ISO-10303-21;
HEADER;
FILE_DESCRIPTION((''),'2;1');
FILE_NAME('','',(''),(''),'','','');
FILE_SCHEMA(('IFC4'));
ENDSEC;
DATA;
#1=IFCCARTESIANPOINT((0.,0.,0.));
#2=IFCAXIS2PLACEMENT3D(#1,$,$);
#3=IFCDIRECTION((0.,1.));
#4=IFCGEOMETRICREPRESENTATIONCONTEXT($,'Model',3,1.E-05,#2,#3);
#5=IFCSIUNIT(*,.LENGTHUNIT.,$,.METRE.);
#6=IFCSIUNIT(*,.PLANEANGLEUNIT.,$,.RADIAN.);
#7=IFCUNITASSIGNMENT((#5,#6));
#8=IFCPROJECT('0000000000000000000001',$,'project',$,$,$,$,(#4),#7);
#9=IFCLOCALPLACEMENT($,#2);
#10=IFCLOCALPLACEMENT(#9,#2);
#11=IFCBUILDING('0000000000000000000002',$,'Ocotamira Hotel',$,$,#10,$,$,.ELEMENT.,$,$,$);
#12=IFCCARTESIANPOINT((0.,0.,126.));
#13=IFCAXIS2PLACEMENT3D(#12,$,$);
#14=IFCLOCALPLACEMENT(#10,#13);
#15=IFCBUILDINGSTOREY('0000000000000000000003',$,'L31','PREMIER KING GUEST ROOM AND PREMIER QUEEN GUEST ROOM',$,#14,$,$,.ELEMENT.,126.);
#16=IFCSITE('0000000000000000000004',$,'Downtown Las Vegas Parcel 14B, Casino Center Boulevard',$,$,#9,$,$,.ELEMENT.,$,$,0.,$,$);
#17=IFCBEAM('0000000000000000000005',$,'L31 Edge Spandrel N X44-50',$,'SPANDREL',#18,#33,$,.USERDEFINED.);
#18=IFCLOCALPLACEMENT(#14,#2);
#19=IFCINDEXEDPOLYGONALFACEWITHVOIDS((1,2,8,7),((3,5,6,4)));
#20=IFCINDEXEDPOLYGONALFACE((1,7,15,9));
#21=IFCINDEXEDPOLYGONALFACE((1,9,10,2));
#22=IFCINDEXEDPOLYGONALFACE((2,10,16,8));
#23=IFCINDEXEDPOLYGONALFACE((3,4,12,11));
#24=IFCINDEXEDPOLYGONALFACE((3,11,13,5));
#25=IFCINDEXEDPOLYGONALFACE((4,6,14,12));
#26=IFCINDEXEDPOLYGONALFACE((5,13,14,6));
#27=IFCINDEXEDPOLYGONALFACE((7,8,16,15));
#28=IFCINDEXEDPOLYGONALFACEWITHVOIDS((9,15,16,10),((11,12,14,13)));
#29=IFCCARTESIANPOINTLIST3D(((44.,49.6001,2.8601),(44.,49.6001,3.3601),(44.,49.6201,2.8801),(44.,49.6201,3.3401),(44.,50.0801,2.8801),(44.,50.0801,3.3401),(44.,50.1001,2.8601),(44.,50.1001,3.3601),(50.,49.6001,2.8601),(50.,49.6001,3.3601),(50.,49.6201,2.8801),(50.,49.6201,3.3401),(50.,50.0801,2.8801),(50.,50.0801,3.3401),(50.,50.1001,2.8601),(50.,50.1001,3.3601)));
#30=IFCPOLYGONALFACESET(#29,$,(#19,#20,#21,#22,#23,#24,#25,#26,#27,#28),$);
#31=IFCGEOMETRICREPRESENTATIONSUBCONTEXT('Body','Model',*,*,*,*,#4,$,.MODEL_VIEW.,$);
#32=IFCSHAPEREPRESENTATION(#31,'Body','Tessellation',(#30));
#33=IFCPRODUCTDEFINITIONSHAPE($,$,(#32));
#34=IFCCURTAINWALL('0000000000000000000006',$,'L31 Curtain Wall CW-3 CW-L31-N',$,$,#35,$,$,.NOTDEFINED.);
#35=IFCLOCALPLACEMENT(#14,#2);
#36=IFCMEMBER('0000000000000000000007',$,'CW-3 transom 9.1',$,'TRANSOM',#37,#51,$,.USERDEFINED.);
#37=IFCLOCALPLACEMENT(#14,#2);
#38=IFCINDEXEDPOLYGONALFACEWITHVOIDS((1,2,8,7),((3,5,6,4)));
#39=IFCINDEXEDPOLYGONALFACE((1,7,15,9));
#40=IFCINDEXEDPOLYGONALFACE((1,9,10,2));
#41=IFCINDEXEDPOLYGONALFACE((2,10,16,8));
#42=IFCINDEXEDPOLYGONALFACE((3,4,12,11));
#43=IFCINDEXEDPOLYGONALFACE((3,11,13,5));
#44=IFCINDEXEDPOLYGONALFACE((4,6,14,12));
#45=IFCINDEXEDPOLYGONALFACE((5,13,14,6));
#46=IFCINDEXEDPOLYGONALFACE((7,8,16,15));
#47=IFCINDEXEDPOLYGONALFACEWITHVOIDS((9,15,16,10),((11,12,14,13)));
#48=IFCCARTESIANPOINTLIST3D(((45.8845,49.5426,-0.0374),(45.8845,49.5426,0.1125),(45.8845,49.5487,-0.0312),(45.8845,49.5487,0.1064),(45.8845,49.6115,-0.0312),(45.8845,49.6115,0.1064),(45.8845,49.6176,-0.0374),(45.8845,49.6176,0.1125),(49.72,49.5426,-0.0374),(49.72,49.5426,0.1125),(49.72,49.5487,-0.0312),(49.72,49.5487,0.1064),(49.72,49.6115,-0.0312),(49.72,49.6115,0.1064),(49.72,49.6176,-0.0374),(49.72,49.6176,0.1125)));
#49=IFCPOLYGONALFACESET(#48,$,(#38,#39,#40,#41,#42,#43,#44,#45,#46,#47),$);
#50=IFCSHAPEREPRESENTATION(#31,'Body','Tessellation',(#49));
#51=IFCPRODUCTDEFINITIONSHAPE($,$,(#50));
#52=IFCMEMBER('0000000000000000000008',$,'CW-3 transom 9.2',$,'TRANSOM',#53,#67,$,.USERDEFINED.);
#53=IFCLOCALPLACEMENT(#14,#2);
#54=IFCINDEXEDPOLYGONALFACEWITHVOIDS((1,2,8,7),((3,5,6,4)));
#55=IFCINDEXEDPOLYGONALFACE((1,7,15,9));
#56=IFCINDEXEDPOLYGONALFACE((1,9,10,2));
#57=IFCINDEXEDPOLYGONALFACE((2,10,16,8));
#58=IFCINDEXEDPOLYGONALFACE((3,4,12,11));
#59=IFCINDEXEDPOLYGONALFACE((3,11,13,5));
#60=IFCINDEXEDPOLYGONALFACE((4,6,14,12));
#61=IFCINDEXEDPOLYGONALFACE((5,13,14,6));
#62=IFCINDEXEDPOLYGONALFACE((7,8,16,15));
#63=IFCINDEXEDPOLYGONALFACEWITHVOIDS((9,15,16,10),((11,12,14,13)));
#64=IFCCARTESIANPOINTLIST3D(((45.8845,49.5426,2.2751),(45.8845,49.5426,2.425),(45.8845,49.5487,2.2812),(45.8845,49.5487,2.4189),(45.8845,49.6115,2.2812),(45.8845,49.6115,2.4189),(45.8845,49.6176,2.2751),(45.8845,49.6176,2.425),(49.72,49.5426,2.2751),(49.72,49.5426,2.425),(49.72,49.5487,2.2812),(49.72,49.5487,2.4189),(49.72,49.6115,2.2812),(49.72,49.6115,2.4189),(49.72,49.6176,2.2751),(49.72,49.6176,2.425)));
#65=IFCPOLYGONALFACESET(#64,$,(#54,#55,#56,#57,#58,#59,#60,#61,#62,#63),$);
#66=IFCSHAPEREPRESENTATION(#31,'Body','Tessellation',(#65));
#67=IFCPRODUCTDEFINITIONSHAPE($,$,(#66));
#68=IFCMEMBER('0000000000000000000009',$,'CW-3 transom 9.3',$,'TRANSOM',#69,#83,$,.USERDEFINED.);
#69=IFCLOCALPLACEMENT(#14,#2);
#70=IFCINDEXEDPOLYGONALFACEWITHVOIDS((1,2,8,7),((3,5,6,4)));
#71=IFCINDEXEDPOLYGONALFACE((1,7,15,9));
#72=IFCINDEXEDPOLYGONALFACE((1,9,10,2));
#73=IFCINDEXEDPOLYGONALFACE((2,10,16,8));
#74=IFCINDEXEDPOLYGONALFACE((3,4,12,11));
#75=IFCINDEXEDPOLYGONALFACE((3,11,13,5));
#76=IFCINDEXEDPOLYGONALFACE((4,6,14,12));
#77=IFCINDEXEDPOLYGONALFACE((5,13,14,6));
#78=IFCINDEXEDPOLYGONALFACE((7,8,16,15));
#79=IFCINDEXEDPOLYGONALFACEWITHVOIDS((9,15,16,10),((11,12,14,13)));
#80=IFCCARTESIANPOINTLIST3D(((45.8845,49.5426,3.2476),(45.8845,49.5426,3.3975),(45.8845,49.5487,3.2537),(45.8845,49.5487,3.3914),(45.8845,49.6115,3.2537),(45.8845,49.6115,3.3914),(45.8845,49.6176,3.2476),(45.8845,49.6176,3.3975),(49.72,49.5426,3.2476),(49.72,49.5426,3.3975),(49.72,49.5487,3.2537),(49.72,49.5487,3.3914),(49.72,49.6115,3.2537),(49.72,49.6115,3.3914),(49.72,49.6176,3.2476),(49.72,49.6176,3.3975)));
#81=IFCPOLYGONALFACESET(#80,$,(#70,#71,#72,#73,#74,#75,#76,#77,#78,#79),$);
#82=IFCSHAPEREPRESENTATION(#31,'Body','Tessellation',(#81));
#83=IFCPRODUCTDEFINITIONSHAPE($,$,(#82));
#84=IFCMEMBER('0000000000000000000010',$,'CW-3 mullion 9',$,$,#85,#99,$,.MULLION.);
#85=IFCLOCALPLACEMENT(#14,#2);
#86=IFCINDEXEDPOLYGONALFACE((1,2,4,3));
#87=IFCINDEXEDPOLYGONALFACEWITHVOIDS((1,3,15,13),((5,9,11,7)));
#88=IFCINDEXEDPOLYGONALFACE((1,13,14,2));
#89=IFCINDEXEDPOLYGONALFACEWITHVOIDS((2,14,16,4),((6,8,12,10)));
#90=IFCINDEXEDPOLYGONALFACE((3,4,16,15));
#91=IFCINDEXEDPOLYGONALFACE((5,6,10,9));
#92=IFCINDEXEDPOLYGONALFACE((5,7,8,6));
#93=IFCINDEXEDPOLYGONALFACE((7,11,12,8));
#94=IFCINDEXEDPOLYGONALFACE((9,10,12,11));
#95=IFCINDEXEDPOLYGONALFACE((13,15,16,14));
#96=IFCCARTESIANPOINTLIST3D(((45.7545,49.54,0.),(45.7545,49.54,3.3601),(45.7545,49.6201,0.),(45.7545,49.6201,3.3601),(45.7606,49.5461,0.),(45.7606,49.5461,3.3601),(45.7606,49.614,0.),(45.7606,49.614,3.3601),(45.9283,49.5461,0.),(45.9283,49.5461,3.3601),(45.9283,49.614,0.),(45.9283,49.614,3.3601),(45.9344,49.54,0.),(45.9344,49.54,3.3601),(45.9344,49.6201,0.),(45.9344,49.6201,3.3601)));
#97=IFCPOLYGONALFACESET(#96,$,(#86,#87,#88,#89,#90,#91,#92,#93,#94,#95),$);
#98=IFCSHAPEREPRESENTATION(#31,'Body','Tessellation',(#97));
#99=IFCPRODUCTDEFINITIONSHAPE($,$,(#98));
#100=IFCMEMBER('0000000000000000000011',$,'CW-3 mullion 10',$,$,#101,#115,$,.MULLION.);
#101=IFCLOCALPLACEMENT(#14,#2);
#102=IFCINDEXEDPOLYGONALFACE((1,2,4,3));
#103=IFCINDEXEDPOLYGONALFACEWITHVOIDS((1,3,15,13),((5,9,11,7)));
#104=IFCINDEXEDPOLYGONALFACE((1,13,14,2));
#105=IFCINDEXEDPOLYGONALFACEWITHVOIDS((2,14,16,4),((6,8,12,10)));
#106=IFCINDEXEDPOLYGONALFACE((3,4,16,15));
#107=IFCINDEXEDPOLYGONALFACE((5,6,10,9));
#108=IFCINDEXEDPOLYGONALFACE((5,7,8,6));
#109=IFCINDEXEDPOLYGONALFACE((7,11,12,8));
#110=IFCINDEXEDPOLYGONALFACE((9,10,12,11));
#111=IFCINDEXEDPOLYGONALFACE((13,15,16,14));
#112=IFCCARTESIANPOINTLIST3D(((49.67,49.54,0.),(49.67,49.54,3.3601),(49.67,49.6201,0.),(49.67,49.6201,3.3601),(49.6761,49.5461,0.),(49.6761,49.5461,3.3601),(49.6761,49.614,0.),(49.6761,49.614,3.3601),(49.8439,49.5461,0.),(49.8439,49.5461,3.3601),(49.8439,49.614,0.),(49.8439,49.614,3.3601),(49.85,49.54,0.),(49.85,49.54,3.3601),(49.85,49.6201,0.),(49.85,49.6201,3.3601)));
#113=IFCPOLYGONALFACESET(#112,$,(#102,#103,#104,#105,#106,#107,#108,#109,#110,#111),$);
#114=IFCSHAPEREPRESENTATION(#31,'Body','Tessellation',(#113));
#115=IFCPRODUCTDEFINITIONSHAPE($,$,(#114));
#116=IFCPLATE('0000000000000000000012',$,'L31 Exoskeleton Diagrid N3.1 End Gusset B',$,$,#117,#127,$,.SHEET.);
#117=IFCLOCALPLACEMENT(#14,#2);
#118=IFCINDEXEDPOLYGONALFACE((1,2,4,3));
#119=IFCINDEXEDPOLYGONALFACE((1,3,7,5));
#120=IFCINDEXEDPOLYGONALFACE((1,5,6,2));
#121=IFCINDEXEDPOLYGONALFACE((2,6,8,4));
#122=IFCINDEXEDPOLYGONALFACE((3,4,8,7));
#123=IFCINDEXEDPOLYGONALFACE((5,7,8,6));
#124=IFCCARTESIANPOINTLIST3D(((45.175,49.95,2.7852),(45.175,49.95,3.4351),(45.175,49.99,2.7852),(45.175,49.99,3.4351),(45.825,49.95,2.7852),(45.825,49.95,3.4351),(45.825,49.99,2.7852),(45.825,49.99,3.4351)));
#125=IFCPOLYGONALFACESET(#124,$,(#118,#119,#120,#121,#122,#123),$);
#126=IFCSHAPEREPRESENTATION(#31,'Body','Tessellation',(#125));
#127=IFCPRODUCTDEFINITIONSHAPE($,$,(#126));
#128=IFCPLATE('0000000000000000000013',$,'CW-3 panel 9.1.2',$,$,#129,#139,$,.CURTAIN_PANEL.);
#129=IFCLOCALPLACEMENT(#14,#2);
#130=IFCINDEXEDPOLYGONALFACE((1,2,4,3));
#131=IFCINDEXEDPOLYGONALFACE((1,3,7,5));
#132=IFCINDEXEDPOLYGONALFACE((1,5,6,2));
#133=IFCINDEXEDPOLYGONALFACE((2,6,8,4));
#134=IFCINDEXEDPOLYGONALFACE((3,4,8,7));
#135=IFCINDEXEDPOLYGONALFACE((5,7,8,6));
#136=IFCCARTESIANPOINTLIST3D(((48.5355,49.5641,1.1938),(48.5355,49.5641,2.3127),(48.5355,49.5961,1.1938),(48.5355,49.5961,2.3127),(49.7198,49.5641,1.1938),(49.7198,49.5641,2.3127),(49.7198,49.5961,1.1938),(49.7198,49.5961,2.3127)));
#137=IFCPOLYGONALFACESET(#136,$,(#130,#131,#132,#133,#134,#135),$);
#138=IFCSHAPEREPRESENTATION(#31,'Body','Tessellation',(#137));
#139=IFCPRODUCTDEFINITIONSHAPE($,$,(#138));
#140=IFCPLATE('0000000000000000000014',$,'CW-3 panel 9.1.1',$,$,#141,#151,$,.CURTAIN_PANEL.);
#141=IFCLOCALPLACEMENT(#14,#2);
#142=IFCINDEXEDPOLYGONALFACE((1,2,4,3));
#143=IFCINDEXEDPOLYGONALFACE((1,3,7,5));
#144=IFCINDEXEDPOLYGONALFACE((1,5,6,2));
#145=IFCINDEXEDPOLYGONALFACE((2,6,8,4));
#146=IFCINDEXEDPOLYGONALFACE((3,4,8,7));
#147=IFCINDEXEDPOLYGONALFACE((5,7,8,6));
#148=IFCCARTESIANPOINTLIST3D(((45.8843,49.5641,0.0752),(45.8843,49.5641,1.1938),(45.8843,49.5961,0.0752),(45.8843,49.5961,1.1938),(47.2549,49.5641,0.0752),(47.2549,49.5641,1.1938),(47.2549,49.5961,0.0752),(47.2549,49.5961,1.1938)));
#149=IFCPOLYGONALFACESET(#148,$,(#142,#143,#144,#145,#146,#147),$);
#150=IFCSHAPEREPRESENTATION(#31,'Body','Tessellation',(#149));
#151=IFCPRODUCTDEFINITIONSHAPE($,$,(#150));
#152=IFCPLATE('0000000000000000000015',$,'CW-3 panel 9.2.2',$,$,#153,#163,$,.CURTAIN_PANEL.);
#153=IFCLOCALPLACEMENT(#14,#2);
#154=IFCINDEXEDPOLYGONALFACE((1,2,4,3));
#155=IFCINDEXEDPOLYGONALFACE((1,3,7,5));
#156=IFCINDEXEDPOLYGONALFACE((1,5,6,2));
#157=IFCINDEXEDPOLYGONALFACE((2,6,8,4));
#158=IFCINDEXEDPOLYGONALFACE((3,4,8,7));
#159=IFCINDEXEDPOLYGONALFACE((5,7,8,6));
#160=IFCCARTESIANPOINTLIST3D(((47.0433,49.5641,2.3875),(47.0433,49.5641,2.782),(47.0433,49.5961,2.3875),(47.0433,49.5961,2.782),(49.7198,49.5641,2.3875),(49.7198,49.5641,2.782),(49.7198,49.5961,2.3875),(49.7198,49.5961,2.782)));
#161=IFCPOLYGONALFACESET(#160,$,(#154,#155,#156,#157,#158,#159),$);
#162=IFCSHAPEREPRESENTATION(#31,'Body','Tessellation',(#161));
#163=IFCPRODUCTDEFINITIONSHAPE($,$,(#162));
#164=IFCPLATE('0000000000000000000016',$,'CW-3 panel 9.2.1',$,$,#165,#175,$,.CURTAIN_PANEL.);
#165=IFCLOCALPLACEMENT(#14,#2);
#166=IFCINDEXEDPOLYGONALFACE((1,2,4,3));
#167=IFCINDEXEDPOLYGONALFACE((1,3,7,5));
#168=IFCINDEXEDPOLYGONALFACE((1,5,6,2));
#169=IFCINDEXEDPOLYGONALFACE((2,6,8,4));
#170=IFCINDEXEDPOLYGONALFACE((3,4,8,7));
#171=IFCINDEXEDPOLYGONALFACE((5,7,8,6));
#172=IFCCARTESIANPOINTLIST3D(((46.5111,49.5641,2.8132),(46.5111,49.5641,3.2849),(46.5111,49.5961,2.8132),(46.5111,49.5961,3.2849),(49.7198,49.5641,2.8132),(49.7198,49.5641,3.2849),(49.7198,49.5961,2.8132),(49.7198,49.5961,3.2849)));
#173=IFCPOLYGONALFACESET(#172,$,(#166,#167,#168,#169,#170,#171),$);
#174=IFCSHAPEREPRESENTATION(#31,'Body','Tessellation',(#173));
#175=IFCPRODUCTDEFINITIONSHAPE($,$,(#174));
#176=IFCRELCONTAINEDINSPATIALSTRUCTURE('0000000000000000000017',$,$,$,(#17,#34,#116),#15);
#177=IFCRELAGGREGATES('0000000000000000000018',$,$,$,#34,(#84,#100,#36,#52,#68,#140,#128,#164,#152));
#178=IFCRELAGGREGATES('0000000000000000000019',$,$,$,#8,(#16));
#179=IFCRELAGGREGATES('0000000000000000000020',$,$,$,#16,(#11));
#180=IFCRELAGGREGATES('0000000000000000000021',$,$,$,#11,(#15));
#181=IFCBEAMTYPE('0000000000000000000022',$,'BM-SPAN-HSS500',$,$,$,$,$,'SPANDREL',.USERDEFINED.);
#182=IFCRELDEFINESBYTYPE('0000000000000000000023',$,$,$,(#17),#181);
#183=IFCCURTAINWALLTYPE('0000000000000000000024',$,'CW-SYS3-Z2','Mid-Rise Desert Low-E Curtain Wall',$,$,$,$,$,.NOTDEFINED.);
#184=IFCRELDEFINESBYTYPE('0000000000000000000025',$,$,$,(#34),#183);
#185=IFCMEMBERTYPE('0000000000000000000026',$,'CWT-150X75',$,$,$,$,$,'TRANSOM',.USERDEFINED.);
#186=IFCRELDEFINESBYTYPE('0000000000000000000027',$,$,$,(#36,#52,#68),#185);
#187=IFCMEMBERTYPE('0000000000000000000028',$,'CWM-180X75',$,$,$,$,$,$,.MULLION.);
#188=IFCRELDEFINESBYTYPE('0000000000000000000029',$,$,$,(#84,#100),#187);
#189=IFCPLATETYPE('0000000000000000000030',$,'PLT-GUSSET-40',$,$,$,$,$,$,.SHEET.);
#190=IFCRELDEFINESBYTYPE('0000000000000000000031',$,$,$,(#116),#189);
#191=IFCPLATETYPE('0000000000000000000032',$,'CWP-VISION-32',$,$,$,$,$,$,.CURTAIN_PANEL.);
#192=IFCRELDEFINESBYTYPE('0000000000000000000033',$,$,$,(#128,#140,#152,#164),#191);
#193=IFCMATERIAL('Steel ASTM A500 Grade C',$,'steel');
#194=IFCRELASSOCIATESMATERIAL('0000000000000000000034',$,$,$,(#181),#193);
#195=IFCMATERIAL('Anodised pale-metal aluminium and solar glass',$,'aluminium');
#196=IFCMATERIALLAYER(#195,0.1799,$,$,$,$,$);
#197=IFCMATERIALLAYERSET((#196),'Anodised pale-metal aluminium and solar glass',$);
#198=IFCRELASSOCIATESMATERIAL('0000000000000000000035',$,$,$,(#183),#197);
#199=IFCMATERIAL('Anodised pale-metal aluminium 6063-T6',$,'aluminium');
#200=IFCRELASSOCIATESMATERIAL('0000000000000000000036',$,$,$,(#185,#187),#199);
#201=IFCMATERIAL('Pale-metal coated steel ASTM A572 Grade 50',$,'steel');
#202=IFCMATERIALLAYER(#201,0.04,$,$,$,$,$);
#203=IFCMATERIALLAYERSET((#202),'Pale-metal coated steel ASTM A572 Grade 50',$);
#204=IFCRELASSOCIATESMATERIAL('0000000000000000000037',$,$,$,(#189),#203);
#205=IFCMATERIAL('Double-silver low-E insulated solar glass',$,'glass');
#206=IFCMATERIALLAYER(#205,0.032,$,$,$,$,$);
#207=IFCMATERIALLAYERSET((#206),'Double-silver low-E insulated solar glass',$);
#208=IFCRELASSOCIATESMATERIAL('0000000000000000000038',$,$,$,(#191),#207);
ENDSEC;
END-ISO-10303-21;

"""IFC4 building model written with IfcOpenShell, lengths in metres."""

from ifc_helpers import new_model, si_unit, direction, frame, origin, origin_2d, place, context, subcontext, project, spatial, rectangle, hollow_rectangle, extrude, source, transform, mapped, material, layer, layer_set, material_profile, profile_set, type_object, element, aggregate, save


model = new_model("IFC4")

# Units and contexts
model_context = context("Model", 3, precision=1e-05, world=origin(), true_north=direction((0.0, 1.0)))
body_context = subcontext(model_context, "Body", "Model", "MODEL_VIEW")
ifc_project = project(units=[si_unit("LENGTHUNIT", "METRE"), si_unit("PLANEANGLEUNIT", "RADIAN")], contexts=[model_context])

# Site, building, storey
site_placement = place(None, origin())
site = spatial("IfcSite", under=ifc_project, at=site_placement, Name="Downtown Las Vegas Parcel 14B, Casino Center Boulevard", CompositionType="ELEMENT", RefElevation=0.0)
building_placement = place(site_placement, origin())
building = spatial("IfcBuilding", under=site, at=building_placement, Name="Ocotamira Hotel", CompositionType="ELEMENT")
storey_placement = place(building_placement, frame((0.0, 0.0, 126.0)))
storey = spatial("IfcBuildingStorey", under=building, at=storey_placement, Name="L31", Description="PREMIER KING GUEST ROOM AND PREMIER QUEEN GUEST ROOM", CompositionType="ELEMENT", Elevation=126.0)

# Beam
ifc_material_1 = material(Name="Steel ASTM A500 Grade C", Category="steel")
ifc_material_profile_1 = material_profile(ifc_material_1, hollow_rectangle(XDim=0.5, YDim=0.5, WallThickness=0.02, at=origin_2d()), Name="HSS500X500X20")
ifc_profile_set_1 = profile_set([ifc_material_profile_1], Name="Steel ASTM A500 Grade C")
beam_type = type_object("IfcBeamType", Name="BM-SPAN-HSS500", ElementType="SPANDREL", PredefinedType="USERDEFINED", material=ifc_profile_set_1)
shared_shape_1 = source(origin(), body_context, "Body", "SweptSolid", [
    extrude(hollow_rectangle(XDim=0.5, YDim=0.5, WallThickness=0.02, at=origin_2d()), origin(), (0.0, 0.0, 1.0), 6.0),
])
beam_placement = place(storey_placement, frame((44.0, 49.8501, 3.1101), z_axis=(1.0, 0.0, 0.0), x_axis=(0.0, 1.0, 0.0)))
element("IfcBeam", 1, at=beam_placement, inside=storey, type_object=beam_type, Name="L31 Edge Spandrel N X44-50", ObjectType="SPANDREL", PredefinedType="USERDEFINED", context=body_context, shape_type="MappedRepresentation", body=[
    mapped(shared_shape_1, transform((0.0, 0.0, 0.0), scale=1.0)),
])

# Curtain wall, members
ifc_material_2 = material(Name="Anodised pale-metal aluminium and solar glass", Category="aluminium")
ifc_layer_1 = layer(ifc_material_2, 0.1799)
ifc_layer_set_1 = layer_set([ifc_layer_1], Name="Anodised pale-metal aluminium and solar glass")
curtain_wall_type = type_object("IfcCurtainWallType", Name="CW-SYS3-Z2", Description="Mid-Rise Desert Low-E Curtain Wall", PredefinedType="NOTDEFINED", material=ifc_layer_set_1)
curtain_wall_placement = place(storey_placement, origin())
curtain_wall = element("IfcCurtainWall", 2, at=curtain_wall_placement, inside=storey, type_object=curtain_wall_type, Name="L31 Curtain Wall CW-3 CW-L31-N", PredefinedType="NOTDEFINED")
ifc_material_3 = material(Name="Anodised pale-metal aluminium 6063-T6", Category="aluminium")
ifc_material_profile_2 = material_profile(ifc_material_3, hollow_rectangle(XDim=0.075, YDim=0.1499, WallThickness=0.0061, at=origin_2d()), Name="HSS150X75X6")
ifc_profile_set_2 = profile_set([ifc_material_profile_2], Name="Anodised pale-metal aluminium 6063-T6")
member_type_1 = type_object("IfcMemberType", Name="CWT-150X75", ElementType="TRANSOM", PredefinedType="USERDEFINED", material=ifc_profile_set_2)
shared_shape_2 = source(origin(), body_context, "Body", "SweptSolid", [
    extrude(hollow_rectangle(XDim=0.075, YDim=0.1499, WallThickness=0.0061, at=origin_2d()), origin(), (0.0, 0.0, 1.0), 3.8354),
])
member_1_placement = place(storey_placement, frame((45.8845, 49.5801, 0.0376), z_axis=(1.0, 0.0, 0.0), x_axis=(0.0, 1.0, 0.0)))
member_1 = element("IfcMember", 3, at=member_1_placement, type_object=member_type_1, Name="CW-3 transom 9.1", ObjectType="TRANSOM", PredefinedType="USERDEFINED", context=body_context, shape_type="MappedRepresentation", body=[
    mapped(shared_shape_2, transform((0.0, 0.0, 0.0), scale=1.0)),
])
member_2_placement = place(storey_placement, frame((45.8845, 49.5801, 2.3501), z_axis=(1.0, 0.0, 0.0), x_axis=(0.0, 1.0, 0.0)))
member_2 = element("IfcMember", 4, at=member_2_placement, type_object=member_type_1, Name="CW-3 transom 9.2", ObjectType="TRANSOM", PredefinedType="USERDEFINED", context=body_context, shape_type="MappedRepresentation", body=[
    mapped(shared_shape_2, transform((0.0, 0.0, 0.0), scale=1.0)),
])
member_3_placement = place(storey_placement, frame((45.8845, 49.5801, 3.3225), z_axis=(1.0, 0.0, 0.0), x_axis=(0.0, 1.0, 0.0)))
member_3 = element("IfcMember", 5, at=member_3_placement, type_object=member_type_1, Name="CW-3 transom 9.3", ObjectType="TRANSOM", PredefinedType="USERDEFINED", context=body_context, shape_type="MappedRepresentation", body=[
    mapped(shared_shape_2, transform((0.0, 0.0, 0.0), scale=1.0)),
])
ifc_material_profile_3 = material_profile(ifc_material_3, hollow_rectangle(XDim=0.0801, YDim=0.1799, WallThickness=0.0061, at=origin_2d()), Name="HSS180X80X6")
ifc_profile_set_3 = profile_set([ifc_material_profile_3], Name="Anodised pale-metal aluminium 6063-T6")
member_type_2 = type_object("IfcMemberType", Name="CWM-180X75", PredefinedType="MULLION", material=ifc_profile_set_3)
shared_shape_3 = source(origin(), body_context, "Body", "SweptSolid", [
    extrude(hollow_rectangle(XDim=0.0801, YDim=0.1799, WallThickness=0.0061, at=origin_2d()), origin(), (0.0, 0.0, 1.0), 3.3601),
])
member_4_placement = place(storey_placement, frame((45.8445, 49.5801, 0.0), z_axis=(0.0, 0.0, 1.0), x_axis=(0.0, 1.0, 0.0)))
member_4 = element("IfcMember", 6, at=member_4_placement, type_object=member_type_2, Name="CW-3 mullion 9", PredefinedType="MULLION", context=body_context, shape_type="MappedRepresentation", body=[
    mapped(shared_shape_3, transform((0.0, 0.0, 0.0), scale=1.0)),
])
member_5_placement = place(storey_placement, frame((49.76, 49.5801, 0.0), z_axis=(0.0, 0.0, 1.0), x_axis=(0.0, 1.0, 0.0)))
member_5 = element("IfcMember", 7, at=member_5_placement, type_object=member_type_2, Name="CW-3 mullion 10", PredefinedType="MULLION", context=body_context, shape_type="MappedRepresentation", body=[
    mapped(shared_shape_3, transform((0.0, 0.0, 0.0), scale=1.0)),
])

# Plates
ifc_material_4 = material(Name="Pale-metal coated steel ASTM A572 Grade 50", Category="steel")
ifc_layer_2 = layer(ifc_material_4, 0.04)
ifc_layer_set_2 = layer_set([ifc_layer_2], Name="Pale-metal coated steel ASTM A572 Grade 50")
plate_type_1 = type_object("IfcPlateType", Name="PLT-GUSSET-40", PredefinedType="SHEET", material=ifc_layer_set_2)
shared_shape_4 = source(origin(), body_context, "Body", "SweptSolid", [
    extrude(rectangle(XDim=0.6499, YDim=0.04, at=origin_2d()), origin(), (0.0, 0.0, 1.0), 0.6499),
])
plate_1_placement = place(storey_placement, frame((45.5, 49.97, 2.7852), z_axis=(0.0, 0.0, 1.0), x_axis=(1.0, 0.0, 0.0)))
element("IfcPlate", 8, at=plate_1_placement, inside=storey, type_object=plate_type_1, Name="L31 Exoskeleton Diagrid N3.1 End Gusset B", PredefinedType="SHEET", context=body_context, shape_type="MappedRepresentation", body=[
    mapped(shared_shape_4, transform((0.0, 0.0, 0.0), scale=1.0)),
])
ifc_material_5 = material(Name="Double-silver low-E insulated solar glass", Category="glass")
ifc_layer_3 = layer(ifc_material_5, 0.032)
ifc_layer_set_3 = layer_set([ifc_layer_3], Name="Double-silver low-E insulated solar glass")
plate_type_2 = type_object("IfcPlateType", Name="CWP-VISION-32", PredefinedType="CURTAIN_PANEL", material=ifc_layer_set_3)
shared_shape_5 = source(origin(), body_context, "Body", "SweptSolid", [
    extrude(rectangle(XDim=1.1843, YDim=0.032, at=origin_2d()), origin(), (0.0, 0.0, 1.0), 1.1189),
])
plate_2_placement = place(storey_placement, frame((49.1277, 49.5801, 1.1938), z_axis=(0.0, 0.0, 1.0), x_axis=(1.0, 0.0, 0.0)))
plate_2 = element("IfcPlate", 9, at=plate_2_placement, type_object=plate_type_2, Name="CW-3 panel 9.1.2", PredefinedType="CURTAIN_PANEL", context=body_context, shape_type="MappedRepresentation", body=[
    mapped(shared_shape_5, transform((0.0, 0.0, 0.0), scale=1.0)),
])
shared_shape_6 = source(origin(), body_context, "Body", "SweptSolid", [
    extrude(rectangle(XDim=1.3706, YDim=0.032, at=origin_2d()), origin(), (0.0, 0.0, 1.0), 1.1187),
])
plate_3_placement = place(storey_placement, frame((46.5696, 49.5801, 0.0752), z_axis=(0.0, 0.0, 1.0), x_axis=(1.0, 0.0, 0.0)))
plate_3 = element("IfcPlate", 10, at=plate_3_placement, type_object=plate_type_2, Name="CW-3 panel 9.1.1", PredefinedType="CURTAIN_PANEL", context=body_context, shape_type="MappedRepresentation", body=[
    mapped(shared_shape_6, transform((0.0, 0.0, 0.0), scale=1.0)),
])
shared_shape_7 = source(origin(), body_context, "Body", "SweptSolid", [
    extrude(rectangle(XDim=2.6765, YDim=0.032, at=origin_2d()), origin(), (0.0, 0.0, 1.0), 0.3945),
])
plate_4_placement = place(storey_placement, frame((48.3816, 49.5801, 2.3875), z_axis=(0.0, 0.0, 1.0), x_axis=(1.0, 0.0, 0.0)))
plate_4 = element("IfcPlate", 11, at=plate_4_placement, type_object=plate_type_2, Name="CW-3 panel 9.2.2", PredefinedType="CURTAIN_PANEL", context=body_context, shape_type="MappedRepresentation", body=[
    mapped(shared_shape_7, transform((0.0, 0.0, 0.0), scale=1.0)),
])
shared_shape_8 = source(origin(), body_context, "Body", "SweptSolid", [
    extrude(rectangle(XDim=3.2087, YDim=0.032, at=origin_2d()), origin(), (0.0, 0.0, 1.0), 0.4717),
])
plate_5_placement = place(storey_placement, frame((48.1155, 49.5801, 2.8132), z_axis=(0.0, 0.0, 1.0), x_axis=(1.0, 0.0, 0.0)))
plate_5 = element("IfcPlate", 12, at=plate_5_placement, type_object=plate_type_2, Name="CW-3 panel 9.2.1", PredefinedType="CURTAIN_PANEL", context=body_context, shape_type="MappedRepresentation", body=[
    mapped(shared_shape_8, transform((0.0, 0.0, 0.0), scale=1.0)),
])
aggregate(curtain_wall, [member_4, member_5, member_1, member_2, member_3, plate_3, plate_2, plate_5, plate_4])

save(model, "model.ifc")
